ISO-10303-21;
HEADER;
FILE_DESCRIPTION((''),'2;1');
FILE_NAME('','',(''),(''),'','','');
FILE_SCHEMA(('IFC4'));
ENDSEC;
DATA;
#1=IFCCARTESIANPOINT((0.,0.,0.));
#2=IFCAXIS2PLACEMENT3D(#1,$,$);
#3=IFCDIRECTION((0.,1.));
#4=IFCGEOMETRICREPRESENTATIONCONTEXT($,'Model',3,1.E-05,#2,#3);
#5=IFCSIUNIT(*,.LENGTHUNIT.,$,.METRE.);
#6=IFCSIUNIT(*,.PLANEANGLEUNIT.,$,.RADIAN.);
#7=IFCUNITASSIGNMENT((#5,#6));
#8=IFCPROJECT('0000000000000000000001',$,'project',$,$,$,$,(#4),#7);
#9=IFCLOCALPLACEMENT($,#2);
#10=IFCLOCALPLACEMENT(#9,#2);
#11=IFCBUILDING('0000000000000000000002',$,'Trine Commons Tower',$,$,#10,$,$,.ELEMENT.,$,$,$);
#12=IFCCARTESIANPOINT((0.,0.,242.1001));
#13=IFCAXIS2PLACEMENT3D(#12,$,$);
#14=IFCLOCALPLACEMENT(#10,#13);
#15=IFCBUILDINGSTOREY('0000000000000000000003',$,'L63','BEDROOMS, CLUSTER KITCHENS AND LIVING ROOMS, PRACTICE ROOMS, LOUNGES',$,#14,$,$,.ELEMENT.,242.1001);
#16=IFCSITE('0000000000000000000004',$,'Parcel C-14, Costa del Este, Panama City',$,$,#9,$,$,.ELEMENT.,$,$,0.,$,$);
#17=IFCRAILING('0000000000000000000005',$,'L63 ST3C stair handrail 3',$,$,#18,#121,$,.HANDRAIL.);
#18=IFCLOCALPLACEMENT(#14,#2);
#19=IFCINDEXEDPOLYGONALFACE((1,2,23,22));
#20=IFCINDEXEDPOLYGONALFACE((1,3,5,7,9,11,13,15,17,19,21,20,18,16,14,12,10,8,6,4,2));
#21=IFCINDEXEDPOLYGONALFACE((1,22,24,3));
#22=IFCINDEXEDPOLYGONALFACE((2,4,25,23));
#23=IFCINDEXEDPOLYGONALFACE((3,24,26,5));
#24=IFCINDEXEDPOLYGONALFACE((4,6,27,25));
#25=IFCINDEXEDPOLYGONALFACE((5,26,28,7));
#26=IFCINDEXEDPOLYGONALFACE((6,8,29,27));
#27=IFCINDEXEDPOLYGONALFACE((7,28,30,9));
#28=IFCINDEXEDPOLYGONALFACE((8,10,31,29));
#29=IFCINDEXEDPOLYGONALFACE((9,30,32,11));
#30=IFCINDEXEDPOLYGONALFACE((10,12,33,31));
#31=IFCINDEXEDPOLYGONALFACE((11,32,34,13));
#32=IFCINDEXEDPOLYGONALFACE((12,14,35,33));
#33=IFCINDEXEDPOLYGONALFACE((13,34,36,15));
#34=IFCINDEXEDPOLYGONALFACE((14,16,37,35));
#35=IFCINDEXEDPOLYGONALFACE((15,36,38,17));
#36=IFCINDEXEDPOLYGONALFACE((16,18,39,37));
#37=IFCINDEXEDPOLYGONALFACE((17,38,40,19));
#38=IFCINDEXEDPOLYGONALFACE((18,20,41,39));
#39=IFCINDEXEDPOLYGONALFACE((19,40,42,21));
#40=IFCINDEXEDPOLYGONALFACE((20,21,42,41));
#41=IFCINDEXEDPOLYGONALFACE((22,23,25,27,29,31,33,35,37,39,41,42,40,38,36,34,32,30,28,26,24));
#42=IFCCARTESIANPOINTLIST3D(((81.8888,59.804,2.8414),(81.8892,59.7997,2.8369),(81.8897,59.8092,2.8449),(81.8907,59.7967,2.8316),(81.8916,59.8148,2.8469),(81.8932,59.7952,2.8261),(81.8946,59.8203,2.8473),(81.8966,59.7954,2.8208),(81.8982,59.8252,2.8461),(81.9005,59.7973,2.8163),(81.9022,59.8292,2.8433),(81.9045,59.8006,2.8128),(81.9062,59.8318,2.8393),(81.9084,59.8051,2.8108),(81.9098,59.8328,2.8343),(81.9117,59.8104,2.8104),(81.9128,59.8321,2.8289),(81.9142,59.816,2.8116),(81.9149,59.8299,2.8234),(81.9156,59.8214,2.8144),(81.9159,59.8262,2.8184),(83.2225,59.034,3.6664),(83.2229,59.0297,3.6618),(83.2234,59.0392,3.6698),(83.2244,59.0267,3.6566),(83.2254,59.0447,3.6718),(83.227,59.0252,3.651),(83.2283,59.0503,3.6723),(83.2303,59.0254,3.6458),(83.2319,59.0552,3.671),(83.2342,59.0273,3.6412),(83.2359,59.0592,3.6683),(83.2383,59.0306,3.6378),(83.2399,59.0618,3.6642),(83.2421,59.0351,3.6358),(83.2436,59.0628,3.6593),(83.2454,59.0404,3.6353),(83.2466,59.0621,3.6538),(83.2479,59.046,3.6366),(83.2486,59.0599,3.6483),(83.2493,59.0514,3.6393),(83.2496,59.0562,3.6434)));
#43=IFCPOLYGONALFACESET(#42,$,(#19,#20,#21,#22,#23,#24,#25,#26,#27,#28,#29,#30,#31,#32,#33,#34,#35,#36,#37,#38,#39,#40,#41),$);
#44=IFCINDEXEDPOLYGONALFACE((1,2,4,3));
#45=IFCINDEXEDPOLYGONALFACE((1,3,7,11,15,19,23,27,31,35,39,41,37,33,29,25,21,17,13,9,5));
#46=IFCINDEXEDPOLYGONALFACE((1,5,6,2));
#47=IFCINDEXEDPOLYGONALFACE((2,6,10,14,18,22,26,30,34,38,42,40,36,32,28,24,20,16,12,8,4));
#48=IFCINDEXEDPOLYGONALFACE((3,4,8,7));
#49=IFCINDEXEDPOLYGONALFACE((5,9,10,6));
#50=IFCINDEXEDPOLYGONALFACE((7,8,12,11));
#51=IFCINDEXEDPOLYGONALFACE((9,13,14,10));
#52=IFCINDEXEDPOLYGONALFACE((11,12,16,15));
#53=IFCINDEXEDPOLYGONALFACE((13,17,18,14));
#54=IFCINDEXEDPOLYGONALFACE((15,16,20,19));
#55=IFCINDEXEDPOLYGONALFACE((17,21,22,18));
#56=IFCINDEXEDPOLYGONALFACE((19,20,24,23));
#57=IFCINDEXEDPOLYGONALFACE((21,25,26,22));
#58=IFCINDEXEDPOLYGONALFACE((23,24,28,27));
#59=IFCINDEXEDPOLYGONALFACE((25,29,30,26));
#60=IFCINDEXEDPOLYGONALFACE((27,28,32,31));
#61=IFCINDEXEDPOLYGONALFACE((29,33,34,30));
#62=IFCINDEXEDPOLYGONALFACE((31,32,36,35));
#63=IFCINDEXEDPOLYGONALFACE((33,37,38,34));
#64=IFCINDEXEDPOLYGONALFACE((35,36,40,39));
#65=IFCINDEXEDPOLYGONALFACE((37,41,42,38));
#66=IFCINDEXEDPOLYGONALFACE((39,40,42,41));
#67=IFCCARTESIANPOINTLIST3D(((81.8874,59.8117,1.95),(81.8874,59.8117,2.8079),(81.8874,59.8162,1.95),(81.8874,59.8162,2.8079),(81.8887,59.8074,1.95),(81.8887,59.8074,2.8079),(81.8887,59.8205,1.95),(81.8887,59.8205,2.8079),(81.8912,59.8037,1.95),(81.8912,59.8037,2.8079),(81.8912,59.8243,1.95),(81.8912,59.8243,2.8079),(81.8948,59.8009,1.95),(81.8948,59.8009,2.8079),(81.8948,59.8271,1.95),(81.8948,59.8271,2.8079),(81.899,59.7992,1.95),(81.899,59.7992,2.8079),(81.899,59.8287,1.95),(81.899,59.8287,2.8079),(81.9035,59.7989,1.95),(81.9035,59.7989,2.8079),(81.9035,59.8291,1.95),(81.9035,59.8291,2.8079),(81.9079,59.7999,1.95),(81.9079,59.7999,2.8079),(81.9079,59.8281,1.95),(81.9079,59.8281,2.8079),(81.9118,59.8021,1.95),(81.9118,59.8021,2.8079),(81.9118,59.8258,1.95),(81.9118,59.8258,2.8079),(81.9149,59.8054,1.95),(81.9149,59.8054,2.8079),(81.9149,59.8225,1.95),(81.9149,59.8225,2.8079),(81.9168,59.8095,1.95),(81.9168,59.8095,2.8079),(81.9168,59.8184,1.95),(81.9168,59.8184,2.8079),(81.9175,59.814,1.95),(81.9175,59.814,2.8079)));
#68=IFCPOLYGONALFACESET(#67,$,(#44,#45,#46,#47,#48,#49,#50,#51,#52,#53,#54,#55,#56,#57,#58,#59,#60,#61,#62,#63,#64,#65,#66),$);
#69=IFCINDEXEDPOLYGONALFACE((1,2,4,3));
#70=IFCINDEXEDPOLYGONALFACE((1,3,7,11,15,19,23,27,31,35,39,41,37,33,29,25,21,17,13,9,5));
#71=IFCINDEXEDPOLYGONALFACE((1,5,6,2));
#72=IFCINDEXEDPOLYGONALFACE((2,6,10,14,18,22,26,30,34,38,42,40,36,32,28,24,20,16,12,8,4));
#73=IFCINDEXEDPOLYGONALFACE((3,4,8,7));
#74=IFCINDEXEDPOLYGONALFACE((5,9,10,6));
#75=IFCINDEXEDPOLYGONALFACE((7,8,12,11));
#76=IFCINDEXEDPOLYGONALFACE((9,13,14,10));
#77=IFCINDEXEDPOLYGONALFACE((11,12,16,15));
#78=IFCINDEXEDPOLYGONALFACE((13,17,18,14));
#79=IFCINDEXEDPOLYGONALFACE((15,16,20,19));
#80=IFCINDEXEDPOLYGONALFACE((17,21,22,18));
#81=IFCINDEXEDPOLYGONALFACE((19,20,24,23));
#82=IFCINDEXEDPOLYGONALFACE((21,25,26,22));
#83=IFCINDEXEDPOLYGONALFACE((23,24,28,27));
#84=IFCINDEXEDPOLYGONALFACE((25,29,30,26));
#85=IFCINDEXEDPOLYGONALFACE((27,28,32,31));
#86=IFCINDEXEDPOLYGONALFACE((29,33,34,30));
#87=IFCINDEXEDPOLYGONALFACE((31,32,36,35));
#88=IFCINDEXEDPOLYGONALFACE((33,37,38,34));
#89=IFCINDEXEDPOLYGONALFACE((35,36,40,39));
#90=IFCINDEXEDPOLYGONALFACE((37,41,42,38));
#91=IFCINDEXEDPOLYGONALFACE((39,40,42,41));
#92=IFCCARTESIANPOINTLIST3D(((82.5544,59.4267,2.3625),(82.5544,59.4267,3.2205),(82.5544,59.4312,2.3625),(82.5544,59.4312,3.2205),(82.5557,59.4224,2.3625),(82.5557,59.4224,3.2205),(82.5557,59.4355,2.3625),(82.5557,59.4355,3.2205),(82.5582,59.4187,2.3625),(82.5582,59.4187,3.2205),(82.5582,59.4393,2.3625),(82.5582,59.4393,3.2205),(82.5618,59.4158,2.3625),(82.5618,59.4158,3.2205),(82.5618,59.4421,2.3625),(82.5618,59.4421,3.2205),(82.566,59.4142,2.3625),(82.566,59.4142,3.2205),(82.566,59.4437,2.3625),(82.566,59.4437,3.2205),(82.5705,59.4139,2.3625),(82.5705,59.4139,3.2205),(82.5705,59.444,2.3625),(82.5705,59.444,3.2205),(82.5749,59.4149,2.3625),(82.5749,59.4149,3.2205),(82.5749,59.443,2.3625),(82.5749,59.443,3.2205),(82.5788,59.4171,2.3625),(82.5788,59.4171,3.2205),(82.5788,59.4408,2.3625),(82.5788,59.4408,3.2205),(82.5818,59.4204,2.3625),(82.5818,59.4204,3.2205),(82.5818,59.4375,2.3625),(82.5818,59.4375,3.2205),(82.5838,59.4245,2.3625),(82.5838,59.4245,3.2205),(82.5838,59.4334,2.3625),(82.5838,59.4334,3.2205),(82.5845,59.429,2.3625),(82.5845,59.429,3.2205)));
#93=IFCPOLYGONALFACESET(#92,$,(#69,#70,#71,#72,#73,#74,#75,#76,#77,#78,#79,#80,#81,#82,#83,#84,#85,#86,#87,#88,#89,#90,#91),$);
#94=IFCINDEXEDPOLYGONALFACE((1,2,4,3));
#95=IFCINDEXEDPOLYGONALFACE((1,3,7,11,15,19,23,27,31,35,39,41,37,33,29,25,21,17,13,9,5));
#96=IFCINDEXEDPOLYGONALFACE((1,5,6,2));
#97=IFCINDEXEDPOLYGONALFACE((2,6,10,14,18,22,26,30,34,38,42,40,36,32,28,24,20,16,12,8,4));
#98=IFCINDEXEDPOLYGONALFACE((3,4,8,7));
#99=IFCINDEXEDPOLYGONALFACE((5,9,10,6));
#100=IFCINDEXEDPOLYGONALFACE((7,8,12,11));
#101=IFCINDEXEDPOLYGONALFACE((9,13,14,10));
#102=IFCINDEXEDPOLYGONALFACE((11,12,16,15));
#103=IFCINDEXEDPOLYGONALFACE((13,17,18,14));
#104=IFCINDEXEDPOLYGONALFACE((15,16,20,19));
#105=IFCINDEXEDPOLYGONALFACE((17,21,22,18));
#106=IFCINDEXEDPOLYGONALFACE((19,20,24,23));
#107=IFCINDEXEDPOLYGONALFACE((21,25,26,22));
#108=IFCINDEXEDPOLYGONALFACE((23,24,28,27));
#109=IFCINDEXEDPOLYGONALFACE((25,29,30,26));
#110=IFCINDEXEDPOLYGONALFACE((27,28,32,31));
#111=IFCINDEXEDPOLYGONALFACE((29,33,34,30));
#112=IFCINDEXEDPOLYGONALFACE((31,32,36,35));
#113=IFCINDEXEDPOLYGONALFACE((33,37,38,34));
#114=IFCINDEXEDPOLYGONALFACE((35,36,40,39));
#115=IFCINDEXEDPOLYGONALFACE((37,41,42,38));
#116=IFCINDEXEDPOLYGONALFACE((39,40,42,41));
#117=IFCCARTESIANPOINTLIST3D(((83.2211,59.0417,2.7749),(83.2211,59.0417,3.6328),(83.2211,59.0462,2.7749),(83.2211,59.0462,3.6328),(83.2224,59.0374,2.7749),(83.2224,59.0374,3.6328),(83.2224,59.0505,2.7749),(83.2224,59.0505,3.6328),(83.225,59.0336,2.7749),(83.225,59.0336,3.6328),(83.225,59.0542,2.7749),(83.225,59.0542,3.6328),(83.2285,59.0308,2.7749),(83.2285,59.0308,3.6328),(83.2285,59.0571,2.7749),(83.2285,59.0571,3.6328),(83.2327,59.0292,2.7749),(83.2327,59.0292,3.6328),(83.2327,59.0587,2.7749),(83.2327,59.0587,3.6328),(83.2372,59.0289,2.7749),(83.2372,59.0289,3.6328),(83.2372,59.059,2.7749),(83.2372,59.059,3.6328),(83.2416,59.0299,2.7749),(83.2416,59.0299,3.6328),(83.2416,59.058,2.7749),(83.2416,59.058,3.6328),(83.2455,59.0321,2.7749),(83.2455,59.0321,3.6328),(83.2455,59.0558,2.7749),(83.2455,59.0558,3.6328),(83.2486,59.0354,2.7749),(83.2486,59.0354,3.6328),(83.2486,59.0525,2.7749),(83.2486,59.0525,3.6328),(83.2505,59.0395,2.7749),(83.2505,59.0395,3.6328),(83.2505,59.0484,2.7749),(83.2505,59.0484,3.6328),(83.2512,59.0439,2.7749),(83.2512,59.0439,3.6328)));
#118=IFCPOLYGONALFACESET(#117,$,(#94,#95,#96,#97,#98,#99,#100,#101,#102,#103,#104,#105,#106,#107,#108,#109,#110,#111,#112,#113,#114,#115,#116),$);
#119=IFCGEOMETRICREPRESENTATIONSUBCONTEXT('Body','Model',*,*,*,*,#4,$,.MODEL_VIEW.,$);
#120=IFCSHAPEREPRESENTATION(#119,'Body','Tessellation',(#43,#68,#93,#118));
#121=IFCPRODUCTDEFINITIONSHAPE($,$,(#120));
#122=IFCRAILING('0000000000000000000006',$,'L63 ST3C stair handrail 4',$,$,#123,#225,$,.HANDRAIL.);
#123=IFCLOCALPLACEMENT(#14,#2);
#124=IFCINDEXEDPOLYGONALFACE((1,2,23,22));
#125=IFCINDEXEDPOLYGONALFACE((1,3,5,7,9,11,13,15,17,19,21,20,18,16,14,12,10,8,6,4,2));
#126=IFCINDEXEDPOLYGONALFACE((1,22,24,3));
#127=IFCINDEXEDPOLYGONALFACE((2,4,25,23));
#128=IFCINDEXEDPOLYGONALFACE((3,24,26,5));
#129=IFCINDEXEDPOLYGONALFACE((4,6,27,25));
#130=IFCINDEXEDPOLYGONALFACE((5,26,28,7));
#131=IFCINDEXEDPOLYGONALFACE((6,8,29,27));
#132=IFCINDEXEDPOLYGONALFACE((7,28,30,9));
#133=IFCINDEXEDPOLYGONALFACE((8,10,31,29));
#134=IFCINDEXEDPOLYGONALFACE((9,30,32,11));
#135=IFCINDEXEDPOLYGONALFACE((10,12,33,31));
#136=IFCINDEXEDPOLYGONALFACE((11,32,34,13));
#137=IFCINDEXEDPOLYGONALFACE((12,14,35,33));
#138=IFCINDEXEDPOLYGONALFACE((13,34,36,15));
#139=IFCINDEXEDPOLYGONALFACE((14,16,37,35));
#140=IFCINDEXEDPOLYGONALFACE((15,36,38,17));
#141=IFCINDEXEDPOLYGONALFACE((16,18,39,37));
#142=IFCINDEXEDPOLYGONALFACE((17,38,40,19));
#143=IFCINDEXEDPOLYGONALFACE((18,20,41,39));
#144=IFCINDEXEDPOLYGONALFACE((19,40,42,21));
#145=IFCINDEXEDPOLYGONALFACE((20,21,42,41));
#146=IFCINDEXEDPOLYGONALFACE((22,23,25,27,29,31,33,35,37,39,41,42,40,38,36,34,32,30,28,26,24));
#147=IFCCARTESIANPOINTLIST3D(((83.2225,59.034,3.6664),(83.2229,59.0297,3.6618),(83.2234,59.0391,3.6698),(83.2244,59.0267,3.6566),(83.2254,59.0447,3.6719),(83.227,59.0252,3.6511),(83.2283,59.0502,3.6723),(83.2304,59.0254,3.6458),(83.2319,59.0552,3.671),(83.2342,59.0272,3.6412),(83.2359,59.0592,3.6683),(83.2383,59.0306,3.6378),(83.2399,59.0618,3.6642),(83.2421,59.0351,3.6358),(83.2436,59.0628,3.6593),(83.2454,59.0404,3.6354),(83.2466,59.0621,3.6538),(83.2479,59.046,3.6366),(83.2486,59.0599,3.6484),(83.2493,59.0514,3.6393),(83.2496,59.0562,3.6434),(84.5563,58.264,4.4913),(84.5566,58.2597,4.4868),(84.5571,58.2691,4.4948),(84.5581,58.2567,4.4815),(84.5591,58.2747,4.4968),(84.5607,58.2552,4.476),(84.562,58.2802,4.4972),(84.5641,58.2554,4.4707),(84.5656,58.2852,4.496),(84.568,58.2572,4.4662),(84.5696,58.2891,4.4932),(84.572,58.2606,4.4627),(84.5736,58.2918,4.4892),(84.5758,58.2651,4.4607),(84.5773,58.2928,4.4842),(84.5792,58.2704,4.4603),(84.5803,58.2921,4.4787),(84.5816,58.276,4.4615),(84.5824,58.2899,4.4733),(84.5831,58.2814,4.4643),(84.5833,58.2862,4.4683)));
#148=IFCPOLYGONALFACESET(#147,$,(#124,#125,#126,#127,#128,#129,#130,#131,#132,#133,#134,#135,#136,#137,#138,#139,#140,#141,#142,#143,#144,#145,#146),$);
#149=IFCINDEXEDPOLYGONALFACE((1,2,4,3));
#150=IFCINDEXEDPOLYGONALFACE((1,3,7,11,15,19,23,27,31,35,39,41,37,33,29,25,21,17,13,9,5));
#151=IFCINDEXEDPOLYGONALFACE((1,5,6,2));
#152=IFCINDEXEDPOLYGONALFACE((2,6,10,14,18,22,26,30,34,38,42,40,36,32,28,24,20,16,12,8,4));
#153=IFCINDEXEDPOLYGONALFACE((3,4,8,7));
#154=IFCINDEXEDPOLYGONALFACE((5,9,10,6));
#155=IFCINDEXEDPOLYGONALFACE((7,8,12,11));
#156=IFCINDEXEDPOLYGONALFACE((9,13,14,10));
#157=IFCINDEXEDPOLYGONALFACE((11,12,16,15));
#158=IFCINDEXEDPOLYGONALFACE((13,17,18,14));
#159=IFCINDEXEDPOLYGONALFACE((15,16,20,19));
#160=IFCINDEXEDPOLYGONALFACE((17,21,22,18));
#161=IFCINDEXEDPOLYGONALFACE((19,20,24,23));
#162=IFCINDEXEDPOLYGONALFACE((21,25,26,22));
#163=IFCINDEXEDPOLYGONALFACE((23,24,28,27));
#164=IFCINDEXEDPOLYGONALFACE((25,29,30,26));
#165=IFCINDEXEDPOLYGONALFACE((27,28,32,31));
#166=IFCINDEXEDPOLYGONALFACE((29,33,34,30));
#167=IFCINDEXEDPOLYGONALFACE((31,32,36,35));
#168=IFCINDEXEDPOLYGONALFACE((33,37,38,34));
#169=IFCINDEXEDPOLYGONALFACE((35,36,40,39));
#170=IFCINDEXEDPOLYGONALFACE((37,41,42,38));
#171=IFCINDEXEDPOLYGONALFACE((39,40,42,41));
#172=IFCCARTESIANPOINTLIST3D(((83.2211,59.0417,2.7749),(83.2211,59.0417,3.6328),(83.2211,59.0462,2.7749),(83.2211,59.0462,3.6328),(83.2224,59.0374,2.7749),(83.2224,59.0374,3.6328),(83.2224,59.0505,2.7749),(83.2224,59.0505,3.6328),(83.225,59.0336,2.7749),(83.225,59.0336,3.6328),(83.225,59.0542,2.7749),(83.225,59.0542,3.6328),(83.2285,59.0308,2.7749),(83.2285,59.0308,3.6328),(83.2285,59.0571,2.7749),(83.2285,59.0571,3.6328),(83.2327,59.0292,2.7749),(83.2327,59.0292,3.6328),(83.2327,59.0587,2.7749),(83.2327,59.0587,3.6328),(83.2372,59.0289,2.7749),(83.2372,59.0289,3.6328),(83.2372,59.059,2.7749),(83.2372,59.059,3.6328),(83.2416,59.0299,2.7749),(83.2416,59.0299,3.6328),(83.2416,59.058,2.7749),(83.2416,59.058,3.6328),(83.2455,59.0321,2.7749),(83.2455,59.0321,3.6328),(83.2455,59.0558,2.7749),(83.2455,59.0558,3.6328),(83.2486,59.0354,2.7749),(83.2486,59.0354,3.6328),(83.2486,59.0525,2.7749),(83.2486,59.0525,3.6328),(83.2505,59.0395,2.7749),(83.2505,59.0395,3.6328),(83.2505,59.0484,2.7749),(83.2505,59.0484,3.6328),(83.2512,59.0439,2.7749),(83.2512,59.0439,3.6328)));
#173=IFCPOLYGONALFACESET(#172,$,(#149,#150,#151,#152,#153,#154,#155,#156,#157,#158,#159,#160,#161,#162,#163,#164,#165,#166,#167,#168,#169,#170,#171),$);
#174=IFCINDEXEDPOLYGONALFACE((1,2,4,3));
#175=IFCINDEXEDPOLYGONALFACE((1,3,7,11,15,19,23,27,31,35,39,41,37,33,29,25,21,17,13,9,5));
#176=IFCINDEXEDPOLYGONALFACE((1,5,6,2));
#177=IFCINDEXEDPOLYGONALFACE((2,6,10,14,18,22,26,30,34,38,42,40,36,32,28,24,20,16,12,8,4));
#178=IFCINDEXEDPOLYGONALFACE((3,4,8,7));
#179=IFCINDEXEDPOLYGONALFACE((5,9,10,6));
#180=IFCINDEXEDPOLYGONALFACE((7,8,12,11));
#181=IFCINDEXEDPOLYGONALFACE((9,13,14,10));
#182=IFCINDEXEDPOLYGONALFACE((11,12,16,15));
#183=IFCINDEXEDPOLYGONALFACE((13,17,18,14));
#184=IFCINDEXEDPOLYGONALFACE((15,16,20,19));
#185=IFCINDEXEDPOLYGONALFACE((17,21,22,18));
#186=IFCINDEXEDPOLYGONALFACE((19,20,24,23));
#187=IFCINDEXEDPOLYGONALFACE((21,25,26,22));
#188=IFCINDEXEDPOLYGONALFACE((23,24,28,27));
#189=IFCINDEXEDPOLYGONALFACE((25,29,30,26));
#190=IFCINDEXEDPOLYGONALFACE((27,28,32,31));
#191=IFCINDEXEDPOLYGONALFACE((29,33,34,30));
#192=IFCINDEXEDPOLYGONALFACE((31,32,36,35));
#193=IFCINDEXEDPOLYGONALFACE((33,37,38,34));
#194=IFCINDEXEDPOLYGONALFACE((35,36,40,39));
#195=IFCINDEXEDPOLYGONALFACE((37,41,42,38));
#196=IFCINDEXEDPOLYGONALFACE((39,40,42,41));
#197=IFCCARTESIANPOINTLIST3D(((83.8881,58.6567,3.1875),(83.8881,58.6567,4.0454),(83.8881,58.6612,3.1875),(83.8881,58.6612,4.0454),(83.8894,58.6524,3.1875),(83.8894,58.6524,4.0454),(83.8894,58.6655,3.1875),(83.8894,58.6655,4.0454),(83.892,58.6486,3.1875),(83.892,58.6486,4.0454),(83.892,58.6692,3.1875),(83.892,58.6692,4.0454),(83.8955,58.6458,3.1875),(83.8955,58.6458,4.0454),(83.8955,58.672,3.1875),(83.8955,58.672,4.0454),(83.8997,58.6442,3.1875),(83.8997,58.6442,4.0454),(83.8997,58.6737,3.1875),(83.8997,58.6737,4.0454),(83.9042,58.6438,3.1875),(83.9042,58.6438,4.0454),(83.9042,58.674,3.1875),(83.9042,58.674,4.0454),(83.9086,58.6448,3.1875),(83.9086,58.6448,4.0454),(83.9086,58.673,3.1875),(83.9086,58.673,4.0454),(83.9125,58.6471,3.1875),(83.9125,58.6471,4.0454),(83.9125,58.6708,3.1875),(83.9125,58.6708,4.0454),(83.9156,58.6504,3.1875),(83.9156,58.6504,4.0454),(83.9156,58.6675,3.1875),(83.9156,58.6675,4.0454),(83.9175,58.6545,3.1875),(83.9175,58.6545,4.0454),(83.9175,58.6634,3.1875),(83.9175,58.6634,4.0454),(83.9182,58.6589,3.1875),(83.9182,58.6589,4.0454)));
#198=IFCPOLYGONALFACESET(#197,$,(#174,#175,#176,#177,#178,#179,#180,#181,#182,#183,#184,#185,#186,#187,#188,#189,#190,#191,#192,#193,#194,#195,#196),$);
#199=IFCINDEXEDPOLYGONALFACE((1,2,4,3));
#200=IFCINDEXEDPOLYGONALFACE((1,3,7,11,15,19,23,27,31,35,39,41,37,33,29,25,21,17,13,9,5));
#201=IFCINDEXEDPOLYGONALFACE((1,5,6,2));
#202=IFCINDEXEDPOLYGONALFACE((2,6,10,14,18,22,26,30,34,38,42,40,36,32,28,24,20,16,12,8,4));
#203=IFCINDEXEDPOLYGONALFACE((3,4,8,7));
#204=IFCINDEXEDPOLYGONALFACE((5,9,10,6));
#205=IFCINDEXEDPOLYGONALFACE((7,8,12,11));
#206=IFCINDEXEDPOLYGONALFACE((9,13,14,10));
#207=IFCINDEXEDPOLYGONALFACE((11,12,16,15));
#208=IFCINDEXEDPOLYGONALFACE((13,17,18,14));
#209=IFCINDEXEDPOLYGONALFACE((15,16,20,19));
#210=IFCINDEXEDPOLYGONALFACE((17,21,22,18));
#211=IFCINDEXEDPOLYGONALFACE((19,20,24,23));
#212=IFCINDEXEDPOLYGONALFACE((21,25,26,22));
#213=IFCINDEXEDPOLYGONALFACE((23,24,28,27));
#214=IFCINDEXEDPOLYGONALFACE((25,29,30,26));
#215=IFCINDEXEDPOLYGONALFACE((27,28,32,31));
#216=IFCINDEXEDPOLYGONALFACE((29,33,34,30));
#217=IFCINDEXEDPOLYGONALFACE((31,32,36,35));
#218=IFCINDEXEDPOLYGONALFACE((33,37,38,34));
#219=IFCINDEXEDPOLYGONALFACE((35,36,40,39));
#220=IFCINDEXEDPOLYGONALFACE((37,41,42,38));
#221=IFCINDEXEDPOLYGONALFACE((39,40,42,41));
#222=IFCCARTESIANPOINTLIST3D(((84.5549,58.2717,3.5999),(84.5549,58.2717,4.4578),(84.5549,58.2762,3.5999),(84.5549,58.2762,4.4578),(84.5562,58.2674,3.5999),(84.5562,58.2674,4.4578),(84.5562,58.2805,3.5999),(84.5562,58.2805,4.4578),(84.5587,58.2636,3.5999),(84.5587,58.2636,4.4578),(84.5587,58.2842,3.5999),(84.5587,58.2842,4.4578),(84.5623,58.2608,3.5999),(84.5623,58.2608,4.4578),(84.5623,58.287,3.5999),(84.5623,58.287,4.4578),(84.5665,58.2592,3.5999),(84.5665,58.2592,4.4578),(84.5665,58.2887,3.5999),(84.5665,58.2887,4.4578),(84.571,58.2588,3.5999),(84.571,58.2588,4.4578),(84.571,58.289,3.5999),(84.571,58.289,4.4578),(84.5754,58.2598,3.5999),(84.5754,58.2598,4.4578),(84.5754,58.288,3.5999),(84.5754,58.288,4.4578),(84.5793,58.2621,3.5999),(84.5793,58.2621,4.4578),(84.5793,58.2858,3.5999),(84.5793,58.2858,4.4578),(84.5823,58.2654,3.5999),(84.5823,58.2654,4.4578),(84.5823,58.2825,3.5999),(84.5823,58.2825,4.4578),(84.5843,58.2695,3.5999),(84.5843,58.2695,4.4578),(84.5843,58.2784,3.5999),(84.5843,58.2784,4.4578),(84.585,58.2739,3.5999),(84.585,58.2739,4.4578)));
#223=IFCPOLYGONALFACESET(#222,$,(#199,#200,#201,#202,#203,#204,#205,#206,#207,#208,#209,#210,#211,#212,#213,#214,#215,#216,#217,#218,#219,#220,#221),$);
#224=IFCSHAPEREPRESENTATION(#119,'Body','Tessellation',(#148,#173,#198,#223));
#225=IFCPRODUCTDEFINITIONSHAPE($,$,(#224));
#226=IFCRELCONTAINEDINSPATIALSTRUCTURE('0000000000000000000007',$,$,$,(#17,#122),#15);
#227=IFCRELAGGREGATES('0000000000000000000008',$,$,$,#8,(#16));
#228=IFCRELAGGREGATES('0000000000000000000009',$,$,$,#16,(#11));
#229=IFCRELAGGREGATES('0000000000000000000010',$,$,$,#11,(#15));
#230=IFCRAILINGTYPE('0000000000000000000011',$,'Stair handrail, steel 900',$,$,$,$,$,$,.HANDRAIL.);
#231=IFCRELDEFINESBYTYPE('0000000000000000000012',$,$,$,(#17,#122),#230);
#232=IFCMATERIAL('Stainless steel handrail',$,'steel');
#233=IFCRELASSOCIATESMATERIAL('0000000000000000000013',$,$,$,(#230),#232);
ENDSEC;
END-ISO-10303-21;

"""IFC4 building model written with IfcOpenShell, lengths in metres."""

from ifc_helpers import new_model, si_unit, direction, frame, origin, origin_2d, place, context, subcontext, project, spatial, circle, extrude, material, type_object, element, save


model = new_model("IFC4")

# Units and contexts
model_context = context("Model", 3, precision=1e-05, world=origin(), true_north=direction((0.0, 1.0)))
body_context = subcontext(model_context, "Body", "Model", "MODEL_VIEW")
ifc_project = project(units=[si_unit("LENGTHUNIT", "METRE"), si_unit("PLANEANGLEUNIT", "RADIAN")], contexts=[model_context])

# Site, building, storey
site_placement = place(None, origin())
site = spatial("IfcSite", under=ifc_project, at=site_placement, Name="Parcel C-14, Costa del Este, Panama City", CompositionType="ELEMENT", RefElevation=0.0)
building_placement = place(site_placement, origin())
building = spatial("IfcBuilding", under=site, at=building_placement, Name="Trine Commons Tower", CompositionType="ELEMENT")
storey_placement = place(building_placement, frame((0.0, 0.0, 242.1001)))
storey = spatial("IfcBuildingStorey", under=building, at=storey_placement, Name="L63", Description="BEDROOMS, CLUSTER KITCHENS AND LIVING ROOMS, PRACTICE ROOMS, LOUNGES", CompositionType="ELEMENT", Elevation=242.1001)

# Railings
ifc_material_1 = material(Name="Stainless steel handrail", Category="steel")
railing_type_1 = type_object("IfcRailingType", Name="Stair handrail, steel 900", PredefinedType="HANDRAIL", material=ifc_material_1)
for number, where, name in (
    (1, (81.9023, 59.814, 1.95), "L63 ST3C stair handrail 3"),
    (2, (83.2361, 59.0439, 2.7749), "L63 ST3C stair handrail 4"),
):
    element("IfcRailing", number, at=place(storey_placement, frame(where)), inside=storey, type_object=railing_type_1, Name=name, PredefinedType="HANDRAIL", context=body_context, shape_type="SweptSolid", body=[
        extrude(circle(Radius=0.021, at=origin_2d()), frame((0.0, 0.0, 0.8789), z_axis=(0.763405, -0.440743, 0.472185), x_axis=(0.499992, 0.86603, 0.0)), (0.0, 0.0, 1.0), 1.7471),
        extrude(circle(Radius=0.0151, at=origin_2d()), origin(), (0.0, 0.0, 1.0), 0.8579),
        extrude(circle(Radius=0.0151, at=origin_2d()), frame((0.667, -0.385, 0.4126)), (0.0, 0.0, 1.0), 0.8579),
        extrude(circle(Radius=0.0151, at=origin_2d()), frame((1.3337, -0.77, 0.825)), (0.0, 0.0, 1.0), 0.8579),
    ])

save(model, "model.ifc")
